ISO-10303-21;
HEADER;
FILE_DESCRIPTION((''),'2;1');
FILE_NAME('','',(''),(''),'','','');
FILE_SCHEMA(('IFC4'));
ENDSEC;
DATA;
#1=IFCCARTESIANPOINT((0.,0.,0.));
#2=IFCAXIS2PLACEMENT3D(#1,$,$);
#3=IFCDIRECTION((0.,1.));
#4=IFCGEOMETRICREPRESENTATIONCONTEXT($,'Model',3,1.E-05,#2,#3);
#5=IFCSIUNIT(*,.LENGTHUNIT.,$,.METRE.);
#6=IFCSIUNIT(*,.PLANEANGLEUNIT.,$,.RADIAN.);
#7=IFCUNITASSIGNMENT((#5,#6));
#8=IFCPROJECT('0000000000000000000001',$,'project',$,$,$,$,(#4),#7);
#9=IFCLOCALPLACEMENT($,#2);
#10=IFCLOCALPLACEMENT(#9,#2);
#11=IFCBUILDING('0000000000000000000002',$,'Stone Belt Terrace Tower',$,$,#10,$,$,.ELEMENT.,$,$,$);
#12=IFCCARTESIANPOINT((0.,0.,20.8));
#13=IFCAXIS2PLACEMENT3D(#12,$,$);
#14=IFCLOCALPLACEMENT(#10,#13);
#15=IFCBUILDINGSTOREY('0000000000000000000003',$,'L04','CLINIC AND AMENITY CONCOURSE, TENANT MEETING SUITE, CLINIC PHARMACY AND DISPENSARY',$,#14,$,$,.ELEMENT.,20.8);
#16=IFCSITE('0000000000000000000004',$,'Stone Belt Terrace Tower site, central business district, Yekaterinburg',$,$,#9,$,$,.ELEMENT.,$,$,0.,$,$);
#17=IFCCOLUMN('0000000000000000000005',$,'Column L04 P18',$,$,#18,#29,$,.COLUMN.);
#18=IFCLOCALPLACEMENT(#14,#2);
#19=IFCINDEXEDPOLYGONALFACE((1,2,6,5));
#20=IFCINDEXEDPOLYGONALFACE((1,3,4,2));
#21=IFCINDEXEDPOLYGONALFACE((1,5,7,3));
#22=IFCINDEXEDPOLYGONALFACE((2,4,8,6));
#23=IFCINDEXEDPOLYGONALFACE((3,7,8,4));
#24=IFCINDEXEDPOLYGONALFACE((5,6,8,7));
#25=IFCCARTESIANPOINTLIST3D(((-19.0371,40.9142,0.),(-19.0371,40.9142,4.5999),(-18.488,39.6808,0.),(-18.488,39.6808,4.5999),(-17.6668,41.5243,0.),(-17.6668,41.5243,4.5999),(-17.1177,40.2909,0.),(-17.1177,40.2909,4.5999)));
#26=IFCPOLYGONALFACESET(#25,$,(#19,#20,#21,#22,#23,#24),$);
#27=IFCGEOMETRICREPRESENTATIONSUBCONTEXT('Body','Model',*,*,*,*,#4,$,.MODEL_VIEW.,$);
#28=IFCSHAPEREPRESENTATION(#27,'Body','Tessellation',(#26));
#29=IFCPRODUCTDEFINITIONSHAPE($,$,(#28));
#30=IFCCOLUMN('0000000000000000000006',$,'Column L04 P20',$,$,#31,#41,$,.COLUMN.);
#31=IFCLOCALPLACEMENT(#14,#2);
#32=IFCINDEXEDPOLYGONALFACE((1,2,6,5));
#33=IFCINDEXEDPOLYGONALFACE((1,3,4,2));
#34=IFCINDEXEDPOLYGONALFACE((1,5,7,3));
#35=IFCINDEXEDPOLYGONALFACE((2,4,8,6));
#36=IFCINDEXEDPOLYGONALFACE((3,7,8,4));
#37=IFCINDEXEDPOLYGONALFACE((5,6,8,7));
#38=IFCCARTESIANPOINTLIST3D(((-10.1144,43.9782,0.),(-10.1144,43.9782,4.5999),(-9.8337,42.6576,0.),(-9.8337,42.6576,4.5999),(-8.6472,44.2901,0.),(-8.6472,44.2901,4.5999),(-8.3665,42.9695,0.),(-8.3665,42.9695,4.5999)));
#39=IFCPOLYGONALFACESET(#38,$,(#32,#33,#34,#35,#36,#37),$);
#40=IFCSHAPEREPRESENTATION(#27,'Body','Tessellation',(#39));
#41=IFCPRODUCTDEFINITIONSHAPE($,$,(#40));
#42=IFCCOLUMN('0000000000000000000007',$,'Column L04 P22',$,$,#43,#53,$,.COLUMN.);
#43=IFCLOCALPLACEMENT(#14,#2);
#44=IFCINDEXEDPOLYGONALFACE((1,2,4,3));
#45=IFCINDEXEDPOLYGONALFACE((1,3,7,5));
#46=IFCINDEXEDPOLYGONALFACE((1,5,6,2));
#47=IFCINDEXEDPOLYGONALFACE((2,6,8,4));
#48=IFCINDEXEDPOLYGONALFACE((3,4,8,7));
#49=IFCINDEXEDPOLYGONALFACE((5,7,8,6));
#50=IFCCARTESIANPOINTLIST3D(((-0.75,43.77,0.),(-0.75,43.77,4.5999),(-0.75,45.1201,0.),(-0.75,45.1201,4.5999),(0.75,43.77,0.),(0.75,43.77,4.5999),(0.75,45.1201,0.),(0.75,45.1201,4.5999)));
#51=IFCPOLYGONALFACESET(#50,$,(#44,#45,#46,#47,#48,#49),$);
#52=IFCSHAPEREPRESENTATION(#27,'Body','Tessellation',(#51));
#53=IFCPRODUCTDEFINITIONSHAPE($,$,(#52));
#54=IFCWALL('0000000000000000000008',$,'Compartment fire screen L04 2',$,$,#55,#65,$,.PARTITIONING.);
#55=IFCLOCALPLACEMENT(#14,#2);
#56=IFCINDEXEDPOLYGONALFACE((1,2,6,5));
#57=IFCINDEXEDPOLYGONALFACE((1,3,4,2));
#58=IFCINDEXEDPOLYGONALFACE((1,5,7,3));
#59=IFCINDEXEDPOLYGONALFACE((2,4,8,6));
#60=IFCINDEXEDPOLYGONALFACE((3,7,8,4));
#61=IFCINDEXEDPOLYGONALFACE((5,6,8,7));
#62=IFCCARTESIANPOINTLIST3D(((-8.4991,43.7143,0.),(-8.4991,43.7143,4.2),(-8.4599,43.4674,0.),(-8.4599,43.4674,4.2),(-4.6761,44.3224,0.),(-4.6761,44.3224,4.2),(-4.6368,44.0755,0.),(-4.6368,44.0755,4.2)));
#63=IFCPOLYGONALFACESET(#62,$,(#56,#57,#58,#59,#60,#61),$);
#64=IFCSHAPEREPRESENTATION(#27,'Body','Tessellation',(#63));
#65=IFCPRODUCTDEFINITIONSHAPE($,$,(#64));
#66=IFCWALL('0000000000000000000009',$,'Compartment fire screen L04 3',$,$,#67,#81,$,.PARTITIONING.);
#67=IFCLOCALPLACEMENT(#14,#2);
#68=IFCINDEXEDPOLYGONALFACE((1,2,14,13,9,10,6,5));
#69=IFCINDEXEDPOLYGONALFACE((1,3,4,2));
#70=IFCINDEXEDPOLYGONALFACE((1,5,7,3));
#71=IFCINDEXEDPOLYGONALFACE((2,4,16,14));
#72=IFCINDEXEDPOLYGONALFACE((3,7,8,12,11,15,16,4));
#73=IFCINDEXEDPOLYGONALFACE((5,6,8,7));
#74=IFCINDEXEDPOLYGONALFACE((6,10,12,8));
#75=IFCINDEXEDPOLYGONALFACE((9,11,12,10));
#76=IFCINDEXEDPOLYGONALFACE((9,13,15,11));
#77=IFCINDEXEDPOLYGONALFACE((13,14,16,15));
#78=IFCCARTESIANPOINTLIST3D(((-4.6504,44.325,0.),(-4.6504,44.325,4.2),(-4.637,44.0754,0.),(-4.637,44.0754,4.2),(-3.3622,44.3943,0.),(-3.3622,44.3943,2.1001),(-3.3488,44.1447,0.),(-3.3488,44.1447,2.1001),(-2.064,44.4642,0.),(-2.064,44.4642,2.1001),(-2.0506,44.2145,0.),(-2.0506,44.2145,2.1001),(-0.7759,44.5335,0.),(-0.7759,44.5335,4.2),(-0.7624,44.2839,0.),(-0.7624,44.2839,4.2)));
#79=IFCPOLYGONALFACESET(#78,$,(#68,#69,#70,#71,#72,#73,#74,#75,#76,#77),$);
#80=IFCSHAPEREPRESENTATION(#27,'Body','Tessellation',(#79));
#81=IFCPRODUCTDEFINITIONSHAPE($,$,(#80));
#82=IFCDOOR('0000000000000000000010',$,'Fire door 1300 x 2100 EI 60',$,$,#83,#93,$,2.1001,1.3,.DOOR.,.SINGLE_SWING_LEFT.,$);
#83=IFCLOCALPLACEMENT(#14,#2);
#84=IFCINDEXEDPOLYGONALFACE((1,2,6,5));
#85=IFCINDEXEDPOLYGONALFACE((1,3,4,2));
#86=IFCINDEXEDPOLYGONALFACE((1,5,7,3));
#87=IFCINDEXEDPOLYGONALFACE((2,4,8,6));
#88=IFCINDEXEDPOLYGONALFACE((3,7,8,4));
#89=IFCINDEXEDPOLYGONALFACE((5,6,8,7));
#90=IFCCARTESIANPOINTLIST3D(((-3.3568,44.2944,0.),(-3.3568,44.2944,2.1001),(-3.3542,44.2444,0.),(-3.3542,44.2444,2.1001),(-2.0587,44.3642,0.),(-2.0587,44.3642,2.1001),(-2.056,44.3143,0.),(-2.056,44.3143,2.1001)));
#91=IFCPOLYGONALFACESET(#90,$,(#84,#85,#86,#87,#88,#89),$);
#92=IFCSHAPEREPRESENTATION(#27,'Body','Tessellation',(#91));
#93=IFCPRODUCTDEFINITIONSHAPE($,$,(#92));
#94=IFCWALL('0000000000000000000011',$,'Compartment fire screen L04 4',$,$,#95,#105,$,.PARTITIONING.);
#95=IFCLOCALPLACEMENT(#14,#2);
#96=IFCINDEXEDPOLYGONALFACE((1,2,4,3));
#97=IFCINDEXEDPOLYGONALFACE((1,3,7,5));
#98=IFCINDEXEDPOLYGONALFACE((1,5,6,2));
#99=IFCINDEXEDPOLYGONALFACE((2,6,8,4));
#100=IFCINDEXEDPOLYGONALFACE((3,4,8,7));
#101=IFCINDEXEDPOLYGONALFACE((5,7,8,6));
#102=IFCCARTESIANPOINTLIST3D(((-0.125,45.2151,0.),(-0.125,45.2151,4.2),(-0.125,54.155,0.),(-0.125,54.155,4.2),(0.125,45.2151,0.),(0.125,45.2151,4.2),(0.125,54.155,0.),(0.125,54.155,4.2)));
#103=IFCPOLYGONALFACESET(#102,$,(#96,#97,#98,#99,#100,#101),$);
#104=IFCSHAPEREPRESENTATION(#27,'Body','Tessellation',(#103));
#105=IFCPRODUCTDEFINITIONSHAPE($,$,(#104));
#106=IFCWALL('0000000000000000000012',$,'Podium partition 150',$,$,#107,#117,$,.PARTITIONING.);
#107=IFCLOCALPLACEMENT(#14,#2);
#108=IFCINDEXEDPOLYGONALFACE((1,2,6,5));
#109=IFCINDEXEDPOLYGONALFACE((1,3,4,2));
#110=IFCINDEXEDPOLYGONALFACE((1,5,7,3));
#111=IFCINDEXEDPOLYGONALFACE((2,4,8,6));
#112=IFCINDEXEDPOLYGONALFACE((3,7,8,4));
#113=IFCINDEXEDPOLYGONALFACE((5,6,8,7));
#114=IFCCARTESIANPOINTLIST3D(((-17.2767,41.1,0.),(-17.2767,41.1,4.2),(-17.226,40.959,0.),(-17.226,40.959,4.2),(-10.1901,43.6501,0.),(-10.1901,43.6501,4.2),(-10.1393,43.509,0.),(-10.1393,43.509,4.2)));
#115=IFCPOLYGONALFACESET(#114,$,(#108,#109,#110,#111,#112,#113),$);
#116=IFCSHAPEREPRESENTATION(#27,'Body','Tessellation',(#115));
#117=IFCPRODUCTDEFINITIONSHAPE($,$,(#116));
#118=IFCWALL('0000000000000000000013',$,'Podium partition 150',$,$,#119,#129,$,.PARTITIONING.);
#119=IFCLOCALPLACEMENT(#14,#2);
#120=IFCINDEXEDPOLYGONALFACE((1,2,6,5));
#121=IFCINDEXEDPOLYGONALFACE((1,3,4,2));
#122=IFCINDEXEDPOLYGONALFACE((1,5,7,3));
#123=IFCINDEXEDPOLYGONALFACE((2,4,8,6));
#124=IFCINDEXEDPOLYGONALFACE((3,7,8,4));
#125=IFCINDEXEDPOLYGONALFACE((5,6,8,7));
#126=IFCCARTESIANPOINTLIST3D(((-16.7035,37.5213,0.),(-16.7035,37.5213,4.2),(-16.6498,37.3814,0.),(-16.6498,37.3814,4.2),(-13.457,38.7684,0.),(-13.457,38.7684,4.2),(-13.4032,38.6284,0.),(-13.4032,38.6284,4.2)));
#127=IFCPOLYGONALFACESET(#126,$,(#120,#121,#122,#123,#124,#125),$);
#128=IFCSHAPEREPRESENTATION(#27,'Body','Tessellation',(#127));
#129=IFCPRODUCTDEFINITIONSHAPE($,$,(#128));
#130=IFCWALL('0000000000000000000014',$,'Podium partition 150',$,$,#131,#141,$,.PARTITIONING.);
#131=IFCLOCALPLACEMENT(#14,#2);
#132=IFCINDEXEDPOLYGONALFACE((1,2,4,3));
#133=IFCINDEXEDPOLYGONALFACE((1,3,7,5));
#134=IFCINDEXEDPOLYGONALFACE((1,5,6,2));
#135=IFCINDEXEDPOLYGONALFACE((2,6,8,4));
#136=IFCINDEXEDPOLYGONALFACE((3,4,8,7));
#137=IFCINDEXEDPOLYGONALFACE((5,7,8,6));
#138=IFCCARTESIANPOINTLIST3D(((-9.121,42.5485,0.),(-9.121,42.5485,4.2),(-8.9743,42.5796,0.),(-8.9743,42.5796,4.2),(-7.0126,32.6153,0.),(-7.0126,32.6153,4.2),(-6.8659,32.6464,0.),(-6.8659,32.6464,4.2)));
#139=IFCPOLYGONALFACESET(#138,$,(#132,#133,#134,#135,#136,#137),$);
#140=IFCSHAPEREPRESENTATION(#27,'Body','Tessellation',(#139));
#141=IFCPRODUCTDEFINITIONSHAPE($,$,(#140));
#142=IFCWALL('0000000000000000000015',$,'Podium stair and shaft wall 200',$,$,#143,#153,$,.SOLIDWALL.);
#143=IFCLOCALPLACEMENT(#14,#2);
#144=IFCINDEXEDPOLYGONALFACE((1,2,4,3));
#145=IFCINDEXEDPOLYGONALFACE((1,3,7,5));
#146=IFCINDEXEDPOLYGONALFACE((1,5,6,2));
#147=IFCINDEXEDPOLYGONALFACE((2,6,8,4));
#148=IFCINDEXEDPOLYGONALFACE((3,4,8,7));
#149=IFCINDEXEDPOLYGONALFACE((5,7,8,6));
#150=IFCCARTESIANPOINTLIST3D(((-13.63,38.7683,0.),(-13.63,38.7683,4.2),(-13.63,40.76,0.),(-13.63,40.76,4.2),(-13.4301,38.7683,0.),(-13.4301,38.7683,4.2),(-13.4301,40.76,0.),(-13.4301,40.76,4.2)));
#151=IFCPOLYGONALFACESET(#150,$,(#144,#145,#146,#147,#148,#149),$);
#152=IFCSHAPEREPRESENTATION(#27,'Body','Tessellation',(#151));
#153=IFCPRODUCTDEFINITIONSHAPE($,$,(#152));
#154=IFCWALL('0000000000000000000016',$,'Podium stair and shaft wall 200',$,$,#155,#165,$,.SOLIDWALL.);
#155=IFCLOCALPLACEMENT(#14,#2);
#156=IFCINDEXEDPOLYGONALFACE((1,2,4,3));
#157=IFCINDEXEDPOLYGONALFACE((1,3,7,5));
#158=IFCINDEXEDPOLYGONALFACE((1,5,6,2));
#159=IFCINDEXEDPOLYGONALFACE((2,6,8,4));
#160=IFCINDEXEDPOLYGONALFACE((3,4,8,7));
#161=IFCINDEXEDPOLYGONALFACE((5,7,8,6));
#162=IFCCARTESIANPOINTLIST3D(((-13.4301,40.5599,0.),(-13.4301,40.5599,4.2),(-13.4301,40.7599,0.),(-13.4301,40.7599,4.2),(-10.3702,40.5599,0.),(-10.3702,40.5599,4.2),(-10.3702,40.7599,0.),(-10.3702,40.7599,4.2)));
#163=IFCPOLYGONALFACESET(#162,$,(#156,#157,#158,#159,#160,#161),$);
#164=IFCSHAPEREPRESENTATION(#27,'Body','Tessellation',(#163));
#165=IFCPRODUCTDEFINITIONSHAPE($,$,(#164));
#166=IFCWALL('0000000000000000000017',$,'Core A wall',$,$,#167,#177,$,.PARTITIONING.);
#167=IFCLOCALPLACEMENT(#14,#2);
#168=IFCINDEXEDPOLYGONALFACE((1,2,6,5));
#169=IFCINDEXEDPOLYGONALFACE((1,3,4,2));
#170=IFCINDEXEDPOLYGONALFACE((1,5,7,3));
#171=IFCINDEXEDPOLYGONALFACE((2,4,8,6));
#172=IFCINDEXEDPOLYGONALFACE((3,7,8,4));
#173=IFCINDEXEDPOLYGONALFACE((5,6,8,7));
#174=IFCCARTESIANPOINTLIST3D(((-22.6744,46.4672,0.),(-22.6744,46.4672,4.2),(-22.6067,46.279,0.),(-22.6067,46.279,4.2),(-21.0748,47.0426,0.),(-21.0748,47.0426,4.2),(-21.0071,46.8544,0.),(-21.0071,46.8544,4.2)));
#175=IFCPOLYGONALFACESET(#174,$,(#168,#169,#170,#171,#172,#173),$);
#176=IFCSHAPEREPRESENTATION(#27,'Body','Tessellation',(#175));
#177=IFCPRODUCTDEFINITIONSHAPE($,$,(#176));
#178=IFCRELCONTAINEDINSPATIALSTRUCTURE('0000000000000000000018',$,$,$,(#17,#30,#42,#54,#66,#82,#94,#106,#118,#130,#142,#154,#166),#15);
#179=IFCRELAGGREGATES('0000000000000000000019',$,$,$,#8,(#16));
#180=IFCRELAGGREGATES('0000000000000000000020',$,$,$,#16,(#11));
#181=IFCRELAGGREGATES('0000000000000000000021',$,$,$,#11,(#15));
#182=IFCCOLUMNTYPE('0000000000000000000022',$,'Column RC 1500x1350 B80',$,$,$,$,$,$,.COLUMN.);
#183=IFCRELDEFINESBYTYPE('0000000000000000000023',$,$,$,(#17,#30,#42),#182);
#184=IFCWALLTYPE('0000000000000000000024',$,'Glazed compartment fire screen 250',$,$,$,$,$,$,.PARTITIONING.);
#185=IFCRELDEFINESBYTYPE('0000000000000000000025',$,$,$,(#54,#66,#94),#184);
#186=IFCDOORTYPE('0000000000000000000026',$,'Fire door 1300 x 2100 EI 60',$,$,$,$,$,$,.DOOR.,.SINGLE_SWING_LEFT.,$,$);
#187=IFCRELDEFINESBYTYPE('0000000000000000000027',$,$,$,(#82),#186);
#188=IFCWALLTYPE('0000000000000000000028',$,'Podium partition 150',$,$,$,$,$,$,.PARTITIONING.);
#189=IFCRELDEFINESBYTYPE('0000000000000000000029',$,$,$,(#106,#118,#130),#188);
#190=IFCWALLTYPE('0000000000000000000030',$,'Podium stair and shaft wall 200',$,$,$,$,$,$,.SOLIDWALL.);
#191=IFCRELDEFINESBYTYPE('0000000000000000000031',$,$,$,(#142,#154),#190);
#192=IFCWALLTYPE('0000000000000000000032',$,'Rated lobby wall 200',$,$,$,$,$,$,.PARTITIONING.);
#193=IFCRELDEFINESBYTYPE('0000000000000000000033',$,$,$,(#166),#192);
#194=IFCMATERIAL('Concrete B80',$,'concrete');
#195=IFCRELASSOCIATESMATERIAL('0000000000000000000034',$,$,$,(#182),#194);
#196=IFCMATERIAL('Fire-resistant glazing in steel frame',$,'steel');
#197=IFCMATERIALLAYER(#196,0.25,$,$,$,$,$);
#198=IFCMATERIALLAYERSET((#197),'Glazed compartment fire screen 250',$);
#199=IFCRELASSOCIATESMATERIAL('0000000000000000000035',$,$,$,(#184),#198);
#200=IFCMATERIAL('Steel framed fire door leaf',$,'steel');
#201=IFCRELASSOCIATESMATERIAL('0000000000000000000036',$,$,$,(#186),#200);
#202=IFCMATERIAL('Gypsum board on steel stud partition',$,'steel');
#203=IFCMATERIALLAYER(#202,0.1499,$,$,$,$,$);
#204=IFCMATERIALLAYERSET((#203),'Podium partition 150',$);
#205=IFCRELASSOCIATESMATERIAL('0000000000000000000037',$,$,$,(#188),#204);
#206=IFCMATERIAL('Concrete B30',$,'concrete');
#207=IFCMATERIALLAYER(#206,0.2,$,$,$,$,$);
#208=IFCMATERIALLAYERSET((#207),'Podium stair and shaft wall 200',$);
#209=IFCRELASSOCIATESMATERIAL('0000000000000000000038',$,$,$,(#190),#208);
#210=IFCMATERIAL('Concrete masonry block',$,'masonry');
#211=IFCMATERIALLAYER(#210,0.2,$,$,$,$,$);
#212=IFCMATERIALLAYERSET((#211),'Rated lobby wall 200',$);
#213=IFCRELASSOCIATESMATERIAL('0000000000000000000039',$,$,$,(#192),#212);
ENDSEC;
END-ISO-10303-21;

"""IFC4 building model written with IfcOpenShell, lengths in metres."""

from ifc_helpers import new_model, si_unit, direction, frame, frame_2d, origin, origin_2d, place, context, subcontext, project, spatial, rectangle, extrude, material, layer, layer_set, material_profile, profile_set, type_object, element, fill, save


model = new_model("IFC4")

# Units and contexts
model_context = context("Model", 3, precision=1e-05, world=origin(), true_north=direction((0.0, 1.0)))
body_context = subcontext(model_context, "Body", "Model", "MODEL_VIEW")
ifc_project = project(units=[si_unit("LENGTHUNIT", "METRE"), si_unit("PLANEANGLEUNIT", "RADIAN")], contexts=[model_context])

# Site, building, storey
site_placement = place(None, origin())
site = spatial("IfcSite", under=ifc_project, at=site_placement, Name="Stone Belt Terrace Tower site, central business district, Yekaterinburg", CompositionType="ELEMENT", RefElevation=0.0)
building_placement = place(site_placement, origin())
building = spatial("IfcBuilding", under=site, at=building_placement, Name="Stone Belt Terrace Tower", CompositionType="ELEMENT")
storey_placement = place(building_placement, frame((0.0, 0.0, 20.8)))
storey = spatial("IfcBuildingStorey", under=building, at=storey_placement, Name="L04", Description="CLINIC AND AMENITY CONCOURSE, TENANT MEETING SUITE, CLINIC PHARMACY AND DISPENSARY", CompositionType="ELEMENT", Elevation=20.8)

# Columns
ifc_material_1 = material(Name="Concrete B80", Category="concrete")
ifc_material_profile = material_profile(ifc_material_1, rectangle(XDim=1.5, YDim=1.3501, at=origin_2d()), Name="RC 1500x1350")
ifc_profile_set = profile_set([ifc_material_profile], Name="Concrete B80")
column_type = type_object("IfcColumnType", Name="Column RC 1500x1350 B80", PredefinedType="COLUMN", material=ifc_profile_set)
for number, where, z_axis, x_axis, name in (
    (1, (-18.0774, 40.6025, 0.0), (0.0, 0.0, 1.0), (0.913545, 0.406737, 0.0), "Column L04 P18"),
    (2, (-9.2405, 43.4739, 0.0), (0.0, 0.0, 1.0), (0.978148, 0.207912, 0.0), "Column L04 P20"),
    (3, (0.0, 44.4451, 0.0), (0.0, 0.0, 1.0), (1.0, 0.0, 0.0), "Column L04 P22"),
):
    element("IfcColumn", number, at=place(storey_placement, frame(where, z_axis=z_axis, x_axis=x_axis)), inside=storey, type_object=column_type, Name=name, PredefinedType="COLUMN", context=body_context, shape_type="SweptSolid", body=[
        extrude(rectangle(XDim=1.5, YDim=1.3501, at=origin_2d()), origin(), (0.0, 0.0, 1.0), 4.5999),
    ])

# Wall
ifc_material_2 = material(Name="Fire-resistant glazing in steel frame", Category="steel")
ifc_layer_1 = layer(ifc_material_2, 0.25)
ifc_layer_set_1 = layer_set([ifc_layer_1], Name="Glazed compartment fire screen 250")
wall_type_1 = type_object("IfcWallType", Name="Glazed compartment fire screen 250", PredefinedType="PARTITIONING", material=ifc_layer_set_1)
wall_1_placement = place(storey_placement, frame((-8.4795, 43.5908, 0.0), z_axis=(0.0, 0.0, 1.0), x_axis=(0.987582, 0.157102, 0.0)))
element("IfcWall", 4, at=wall_1_placement, inside=storey, type_object=wall_type_1, Name="Compartment fire screen L04 2", PredefinedType="PARTITIONING", context=body_context, shape_type="SweptSolid", body=[
    extrude(rectangle(XDim=3.8711, YDim=0.25, at=frame_2d((1.9355, 0.0))), origin(), (0.0, 0.0, 1.0), 4.2),
])

# Wall, opening, door
wall_2_placement = place(storey_placement, frame((-4.6436, 44.2002, 0.0), z_axis=(0.0, 0.0, 1.0), x_axis=(0.998555, 0.053734, 0.0)))
wall_2 = element("IfcWall", 5, at=wall_2_placement, inside=storey, type_object=wall_type_1, Name="Compartment fire screen L04 3", PredefinedType="PARTITIONING", context=body_context, shape_type="SweptSolid", body=[
    extrude(rectangle(XDim=3.8801, YDim=0.25, at=frame_2d((1.9399, 0.0))), origin(), (0.0, 0.0, 1.0), 4.2),
])
opening_1_placement = place(wall_2_placement, frame((1.29, 0.0, 0.0)))
opening_1 = element("IfcOpeningElement", 6, at=opening_1_placement, cuts=wall_2, PredefinedType="OPENING", context=body_context, shape_type="SweptSolid", body=[
    extrude(rectangle(XDim=1.3, YDim=2.1001, at=frame_2d((0.6499, 1.05))), frame((0.0, 0.135, 0.0), z_axis=(0.0, -1.0, 0.0), x_axis=(1.0, 0.0, 0.0)), (0.0, 0.0, 1.0), 0.27),
])
ifc_material_3 = material(Name="Steel framed fire door leaf", Category="steel")
door_type_1 = type_object("IfcDoorType", Name="Fire door 1300 x 2100 EI 60", OperationType="SINGLE_SWING_LEFT", PredefinedType="DOOR", material=ifc_material_3)
door_1_placement = place(opening_1_placement, origin())
door_1 = element("IfcDoor", 7, at=door_1_placement, inside=storey, type_object=door_type_1, Name="Fire door 1300 x 2100 EI 60", OperationType="SINGLE_SWING_LEFT", OverallHeight=2.1001, OverallWidth=1.3, PredefinedType="DOOR", context=body_context, shape_type="SweptSolid", body=[
    extrude(rectangle(XDim=1.3, YDim=2.1001, at=frame_2d((0.6499, 1.05))), frame((0.0, 0.0249, 0.0), z_axis=(0.0, -1.0, 0.0), x_axis=(1.0, 0.0, 0.0)), (0.0, 0.0, 1.0), 0.05),
])
fill(opening_1, door_1)

# Walls
wall_3_placement = place(storey_placement, frame((0.0, 45.2151, 0.0), z_axis=(0.0, 0.0, 1.0), x_axis=(0.0, 1.0, 0.0)))
element("IfcWall", 8, at=wall_3_placement, inside=storey, type_object=wall_type_1, Name="Compartment fire screen L04 4", PredefinedType="PARTITIONING", context=body_context, shape_type="SweptSolid", body=[
    extrude(rectangle(XDim=8.9399, YDim=0.25, at=frame_2d((4.47, 0.0))), origin(), (0.0, 0.0, 1.0), 4.2),
])
ifc_material_4 = material(Name="Gypsum board on steel stud partition", Category="steel")
ifc_layer_2 = layer(ifc_material_4, 0.1499)
ifc_layer_set_2 = layer_set([ifc_layer_2], Name="Podium partition 150")
wall_type_2 = type_object("IfcWallType", Name="Podium partition 150", PredefinedType="PARTITIONING", material=ifc_layer_set_2)
wall_4_placement = place(storey_placement, frame((-17.2512, 41.0295, 0.0), z_axis=(0.0, 0.0, 1.0), x_axis=(0.940936, 0.338584, 0.0)))
element("IfcWall", 9, at=wall_4_placement, inside=storey, type_object=wall_type_2, Name="Podium partition 150", PredefinedType="PARTITIONING", context=body_context, shape_type="SweptSolid", body=[
    extrude(rectangle(XDim=7.5315, YDim=0.1499, at=frame_2d((3.7656, 0.0))), origin(), (0.0, 0.0, 1.0), 4.2),
])
wall_5_placement = place(storey_placement, frame((-16.6765, 37.4514, 0.0), z_axis=(0.0, 0.0, 1.0), x_axis=(0.933501, 0.358574, 0.0)))
element("IfcWall", 10, at=wall_5_placement, inside=storey, type_object=wall_type_2, Name="Podium partition 150", PredefinedType="PARTITIONING", context=body_context, shape_type="SweptSolid", body=[
    extrude(rectangle(XDim=3.4778, YDim=0.1499, at=frame_2d((1.7388, 0.0))), origin(), (0.0, 0.0, 1.0), 4.2),
])
wall_6_placement = place(storey_placement, frame((-9.0476, 42.564, 0.0), z_axis=(0.0, 0.0, 1.0), x_axis=(0.207629, -0.978208, 0.0)))
element("IfcWall", 11, at=wall_6_placement, inside=storey, type_object=wall_type_2, Name="Podium partition 150", PredefinedType="PARTITIONING", context=body_context, shape_type="SweptSolid", body=[
    extrude(rectangle(XDim=10.1545, YDim=0.1499, at=frame_2d((5.0771, 0.0))), origin(), (0.0, 0.0, 1.0), 4.2),
])
ifc_material_5 = material(Name="Concrete B30", Category="concrete")
ifc_layer_3 = layer(ifc_material_5, 0.2)
ifc_layer_set_3 = layer_set([ifc_layer_3], Name="Podium stair and shaft wall 200")
wall_type_3 = type_object("IfcWallType", Name="Podium stair and shaft wall 200", PredefinedType="SOLIDWALL", material=ifc_layer_set_3)
wall_7_placement = place(storey_placement, frame((-13.53, 38.7683, 0.0), z_axis=(0.0, 0.0, 1.0), x_axis=(0.0, 1.0, 0.0)))
element("IfcWall", 12, at=wall_7_placement, inside=storey, type_object=wall_type_3, Name="Podium stair and shaft wall 200", PredefinedType="SOLIDWALL", context=body_context, shape_type="SweptSolid", body=[
    extrude(rectangle(XDim=1.9917, YDim=0.2, at=frame_2d((0.9958, 0.0))), origin(), (0.0, 0.0, 1.0), 4.2),
])
wall_8_placement = place(storey_placement, frame((-13.4299, 40.6599, 0.0), z_axis=(0.0, 0.0, 1.0), x_axis=(1.0, 0.0, 0.0)))
element("IfcWall", 13, at=wall_8_placement, inside=storey, type_object=wall_type_3, Name="Podium stair and shaft wall 200", PredefinedType="SOLIDWALL", context=body_context, shape_type="SweptSolid", body=[
    extrude(rectangle(XDim=3.0598, YDim=0.2, at=frame_2d((1.5298, 0.0))), origin(), (0.0, 0.0, 1.0), 4.2),
])
ifc_material_6 = material(Name="Concrete masonry block", Category="masonry")
ifc_layer_4 = layer(ifc_material_6, 0.2)
ifc_layer_set_4 = layer_set([ifc_layer_4], Name="Rated lobby wall 200")
wall_type_4 = type_object("IfcWallType", Name="Rated lobby wall 200", PredefinedType="PARTITIONING", material=ifc_layer_set_4)
wall_9_placement = place(storey_placement, frame((-22.6406, 46.373, 0.0), z_axis=(0.0, 0.0, 1.0), x_axis=(0.940966, 0.338501, 0.0)))
element("IfcWall", 14, at=wall_9_placement, inside=storey, type_object=wall_type_4, Name="Core A wall", PredefinedType="PARTITIONING", context=body_context, shape_type="SweptSolid", body=[
    extrude(rectangle(XDim=1.7, YDim=0.2, at=frame_2d((0.8501, 0.0))), origin(), (0.0, 0.0, 1.0), 4.2),
])

save(model, "model.ifc")
